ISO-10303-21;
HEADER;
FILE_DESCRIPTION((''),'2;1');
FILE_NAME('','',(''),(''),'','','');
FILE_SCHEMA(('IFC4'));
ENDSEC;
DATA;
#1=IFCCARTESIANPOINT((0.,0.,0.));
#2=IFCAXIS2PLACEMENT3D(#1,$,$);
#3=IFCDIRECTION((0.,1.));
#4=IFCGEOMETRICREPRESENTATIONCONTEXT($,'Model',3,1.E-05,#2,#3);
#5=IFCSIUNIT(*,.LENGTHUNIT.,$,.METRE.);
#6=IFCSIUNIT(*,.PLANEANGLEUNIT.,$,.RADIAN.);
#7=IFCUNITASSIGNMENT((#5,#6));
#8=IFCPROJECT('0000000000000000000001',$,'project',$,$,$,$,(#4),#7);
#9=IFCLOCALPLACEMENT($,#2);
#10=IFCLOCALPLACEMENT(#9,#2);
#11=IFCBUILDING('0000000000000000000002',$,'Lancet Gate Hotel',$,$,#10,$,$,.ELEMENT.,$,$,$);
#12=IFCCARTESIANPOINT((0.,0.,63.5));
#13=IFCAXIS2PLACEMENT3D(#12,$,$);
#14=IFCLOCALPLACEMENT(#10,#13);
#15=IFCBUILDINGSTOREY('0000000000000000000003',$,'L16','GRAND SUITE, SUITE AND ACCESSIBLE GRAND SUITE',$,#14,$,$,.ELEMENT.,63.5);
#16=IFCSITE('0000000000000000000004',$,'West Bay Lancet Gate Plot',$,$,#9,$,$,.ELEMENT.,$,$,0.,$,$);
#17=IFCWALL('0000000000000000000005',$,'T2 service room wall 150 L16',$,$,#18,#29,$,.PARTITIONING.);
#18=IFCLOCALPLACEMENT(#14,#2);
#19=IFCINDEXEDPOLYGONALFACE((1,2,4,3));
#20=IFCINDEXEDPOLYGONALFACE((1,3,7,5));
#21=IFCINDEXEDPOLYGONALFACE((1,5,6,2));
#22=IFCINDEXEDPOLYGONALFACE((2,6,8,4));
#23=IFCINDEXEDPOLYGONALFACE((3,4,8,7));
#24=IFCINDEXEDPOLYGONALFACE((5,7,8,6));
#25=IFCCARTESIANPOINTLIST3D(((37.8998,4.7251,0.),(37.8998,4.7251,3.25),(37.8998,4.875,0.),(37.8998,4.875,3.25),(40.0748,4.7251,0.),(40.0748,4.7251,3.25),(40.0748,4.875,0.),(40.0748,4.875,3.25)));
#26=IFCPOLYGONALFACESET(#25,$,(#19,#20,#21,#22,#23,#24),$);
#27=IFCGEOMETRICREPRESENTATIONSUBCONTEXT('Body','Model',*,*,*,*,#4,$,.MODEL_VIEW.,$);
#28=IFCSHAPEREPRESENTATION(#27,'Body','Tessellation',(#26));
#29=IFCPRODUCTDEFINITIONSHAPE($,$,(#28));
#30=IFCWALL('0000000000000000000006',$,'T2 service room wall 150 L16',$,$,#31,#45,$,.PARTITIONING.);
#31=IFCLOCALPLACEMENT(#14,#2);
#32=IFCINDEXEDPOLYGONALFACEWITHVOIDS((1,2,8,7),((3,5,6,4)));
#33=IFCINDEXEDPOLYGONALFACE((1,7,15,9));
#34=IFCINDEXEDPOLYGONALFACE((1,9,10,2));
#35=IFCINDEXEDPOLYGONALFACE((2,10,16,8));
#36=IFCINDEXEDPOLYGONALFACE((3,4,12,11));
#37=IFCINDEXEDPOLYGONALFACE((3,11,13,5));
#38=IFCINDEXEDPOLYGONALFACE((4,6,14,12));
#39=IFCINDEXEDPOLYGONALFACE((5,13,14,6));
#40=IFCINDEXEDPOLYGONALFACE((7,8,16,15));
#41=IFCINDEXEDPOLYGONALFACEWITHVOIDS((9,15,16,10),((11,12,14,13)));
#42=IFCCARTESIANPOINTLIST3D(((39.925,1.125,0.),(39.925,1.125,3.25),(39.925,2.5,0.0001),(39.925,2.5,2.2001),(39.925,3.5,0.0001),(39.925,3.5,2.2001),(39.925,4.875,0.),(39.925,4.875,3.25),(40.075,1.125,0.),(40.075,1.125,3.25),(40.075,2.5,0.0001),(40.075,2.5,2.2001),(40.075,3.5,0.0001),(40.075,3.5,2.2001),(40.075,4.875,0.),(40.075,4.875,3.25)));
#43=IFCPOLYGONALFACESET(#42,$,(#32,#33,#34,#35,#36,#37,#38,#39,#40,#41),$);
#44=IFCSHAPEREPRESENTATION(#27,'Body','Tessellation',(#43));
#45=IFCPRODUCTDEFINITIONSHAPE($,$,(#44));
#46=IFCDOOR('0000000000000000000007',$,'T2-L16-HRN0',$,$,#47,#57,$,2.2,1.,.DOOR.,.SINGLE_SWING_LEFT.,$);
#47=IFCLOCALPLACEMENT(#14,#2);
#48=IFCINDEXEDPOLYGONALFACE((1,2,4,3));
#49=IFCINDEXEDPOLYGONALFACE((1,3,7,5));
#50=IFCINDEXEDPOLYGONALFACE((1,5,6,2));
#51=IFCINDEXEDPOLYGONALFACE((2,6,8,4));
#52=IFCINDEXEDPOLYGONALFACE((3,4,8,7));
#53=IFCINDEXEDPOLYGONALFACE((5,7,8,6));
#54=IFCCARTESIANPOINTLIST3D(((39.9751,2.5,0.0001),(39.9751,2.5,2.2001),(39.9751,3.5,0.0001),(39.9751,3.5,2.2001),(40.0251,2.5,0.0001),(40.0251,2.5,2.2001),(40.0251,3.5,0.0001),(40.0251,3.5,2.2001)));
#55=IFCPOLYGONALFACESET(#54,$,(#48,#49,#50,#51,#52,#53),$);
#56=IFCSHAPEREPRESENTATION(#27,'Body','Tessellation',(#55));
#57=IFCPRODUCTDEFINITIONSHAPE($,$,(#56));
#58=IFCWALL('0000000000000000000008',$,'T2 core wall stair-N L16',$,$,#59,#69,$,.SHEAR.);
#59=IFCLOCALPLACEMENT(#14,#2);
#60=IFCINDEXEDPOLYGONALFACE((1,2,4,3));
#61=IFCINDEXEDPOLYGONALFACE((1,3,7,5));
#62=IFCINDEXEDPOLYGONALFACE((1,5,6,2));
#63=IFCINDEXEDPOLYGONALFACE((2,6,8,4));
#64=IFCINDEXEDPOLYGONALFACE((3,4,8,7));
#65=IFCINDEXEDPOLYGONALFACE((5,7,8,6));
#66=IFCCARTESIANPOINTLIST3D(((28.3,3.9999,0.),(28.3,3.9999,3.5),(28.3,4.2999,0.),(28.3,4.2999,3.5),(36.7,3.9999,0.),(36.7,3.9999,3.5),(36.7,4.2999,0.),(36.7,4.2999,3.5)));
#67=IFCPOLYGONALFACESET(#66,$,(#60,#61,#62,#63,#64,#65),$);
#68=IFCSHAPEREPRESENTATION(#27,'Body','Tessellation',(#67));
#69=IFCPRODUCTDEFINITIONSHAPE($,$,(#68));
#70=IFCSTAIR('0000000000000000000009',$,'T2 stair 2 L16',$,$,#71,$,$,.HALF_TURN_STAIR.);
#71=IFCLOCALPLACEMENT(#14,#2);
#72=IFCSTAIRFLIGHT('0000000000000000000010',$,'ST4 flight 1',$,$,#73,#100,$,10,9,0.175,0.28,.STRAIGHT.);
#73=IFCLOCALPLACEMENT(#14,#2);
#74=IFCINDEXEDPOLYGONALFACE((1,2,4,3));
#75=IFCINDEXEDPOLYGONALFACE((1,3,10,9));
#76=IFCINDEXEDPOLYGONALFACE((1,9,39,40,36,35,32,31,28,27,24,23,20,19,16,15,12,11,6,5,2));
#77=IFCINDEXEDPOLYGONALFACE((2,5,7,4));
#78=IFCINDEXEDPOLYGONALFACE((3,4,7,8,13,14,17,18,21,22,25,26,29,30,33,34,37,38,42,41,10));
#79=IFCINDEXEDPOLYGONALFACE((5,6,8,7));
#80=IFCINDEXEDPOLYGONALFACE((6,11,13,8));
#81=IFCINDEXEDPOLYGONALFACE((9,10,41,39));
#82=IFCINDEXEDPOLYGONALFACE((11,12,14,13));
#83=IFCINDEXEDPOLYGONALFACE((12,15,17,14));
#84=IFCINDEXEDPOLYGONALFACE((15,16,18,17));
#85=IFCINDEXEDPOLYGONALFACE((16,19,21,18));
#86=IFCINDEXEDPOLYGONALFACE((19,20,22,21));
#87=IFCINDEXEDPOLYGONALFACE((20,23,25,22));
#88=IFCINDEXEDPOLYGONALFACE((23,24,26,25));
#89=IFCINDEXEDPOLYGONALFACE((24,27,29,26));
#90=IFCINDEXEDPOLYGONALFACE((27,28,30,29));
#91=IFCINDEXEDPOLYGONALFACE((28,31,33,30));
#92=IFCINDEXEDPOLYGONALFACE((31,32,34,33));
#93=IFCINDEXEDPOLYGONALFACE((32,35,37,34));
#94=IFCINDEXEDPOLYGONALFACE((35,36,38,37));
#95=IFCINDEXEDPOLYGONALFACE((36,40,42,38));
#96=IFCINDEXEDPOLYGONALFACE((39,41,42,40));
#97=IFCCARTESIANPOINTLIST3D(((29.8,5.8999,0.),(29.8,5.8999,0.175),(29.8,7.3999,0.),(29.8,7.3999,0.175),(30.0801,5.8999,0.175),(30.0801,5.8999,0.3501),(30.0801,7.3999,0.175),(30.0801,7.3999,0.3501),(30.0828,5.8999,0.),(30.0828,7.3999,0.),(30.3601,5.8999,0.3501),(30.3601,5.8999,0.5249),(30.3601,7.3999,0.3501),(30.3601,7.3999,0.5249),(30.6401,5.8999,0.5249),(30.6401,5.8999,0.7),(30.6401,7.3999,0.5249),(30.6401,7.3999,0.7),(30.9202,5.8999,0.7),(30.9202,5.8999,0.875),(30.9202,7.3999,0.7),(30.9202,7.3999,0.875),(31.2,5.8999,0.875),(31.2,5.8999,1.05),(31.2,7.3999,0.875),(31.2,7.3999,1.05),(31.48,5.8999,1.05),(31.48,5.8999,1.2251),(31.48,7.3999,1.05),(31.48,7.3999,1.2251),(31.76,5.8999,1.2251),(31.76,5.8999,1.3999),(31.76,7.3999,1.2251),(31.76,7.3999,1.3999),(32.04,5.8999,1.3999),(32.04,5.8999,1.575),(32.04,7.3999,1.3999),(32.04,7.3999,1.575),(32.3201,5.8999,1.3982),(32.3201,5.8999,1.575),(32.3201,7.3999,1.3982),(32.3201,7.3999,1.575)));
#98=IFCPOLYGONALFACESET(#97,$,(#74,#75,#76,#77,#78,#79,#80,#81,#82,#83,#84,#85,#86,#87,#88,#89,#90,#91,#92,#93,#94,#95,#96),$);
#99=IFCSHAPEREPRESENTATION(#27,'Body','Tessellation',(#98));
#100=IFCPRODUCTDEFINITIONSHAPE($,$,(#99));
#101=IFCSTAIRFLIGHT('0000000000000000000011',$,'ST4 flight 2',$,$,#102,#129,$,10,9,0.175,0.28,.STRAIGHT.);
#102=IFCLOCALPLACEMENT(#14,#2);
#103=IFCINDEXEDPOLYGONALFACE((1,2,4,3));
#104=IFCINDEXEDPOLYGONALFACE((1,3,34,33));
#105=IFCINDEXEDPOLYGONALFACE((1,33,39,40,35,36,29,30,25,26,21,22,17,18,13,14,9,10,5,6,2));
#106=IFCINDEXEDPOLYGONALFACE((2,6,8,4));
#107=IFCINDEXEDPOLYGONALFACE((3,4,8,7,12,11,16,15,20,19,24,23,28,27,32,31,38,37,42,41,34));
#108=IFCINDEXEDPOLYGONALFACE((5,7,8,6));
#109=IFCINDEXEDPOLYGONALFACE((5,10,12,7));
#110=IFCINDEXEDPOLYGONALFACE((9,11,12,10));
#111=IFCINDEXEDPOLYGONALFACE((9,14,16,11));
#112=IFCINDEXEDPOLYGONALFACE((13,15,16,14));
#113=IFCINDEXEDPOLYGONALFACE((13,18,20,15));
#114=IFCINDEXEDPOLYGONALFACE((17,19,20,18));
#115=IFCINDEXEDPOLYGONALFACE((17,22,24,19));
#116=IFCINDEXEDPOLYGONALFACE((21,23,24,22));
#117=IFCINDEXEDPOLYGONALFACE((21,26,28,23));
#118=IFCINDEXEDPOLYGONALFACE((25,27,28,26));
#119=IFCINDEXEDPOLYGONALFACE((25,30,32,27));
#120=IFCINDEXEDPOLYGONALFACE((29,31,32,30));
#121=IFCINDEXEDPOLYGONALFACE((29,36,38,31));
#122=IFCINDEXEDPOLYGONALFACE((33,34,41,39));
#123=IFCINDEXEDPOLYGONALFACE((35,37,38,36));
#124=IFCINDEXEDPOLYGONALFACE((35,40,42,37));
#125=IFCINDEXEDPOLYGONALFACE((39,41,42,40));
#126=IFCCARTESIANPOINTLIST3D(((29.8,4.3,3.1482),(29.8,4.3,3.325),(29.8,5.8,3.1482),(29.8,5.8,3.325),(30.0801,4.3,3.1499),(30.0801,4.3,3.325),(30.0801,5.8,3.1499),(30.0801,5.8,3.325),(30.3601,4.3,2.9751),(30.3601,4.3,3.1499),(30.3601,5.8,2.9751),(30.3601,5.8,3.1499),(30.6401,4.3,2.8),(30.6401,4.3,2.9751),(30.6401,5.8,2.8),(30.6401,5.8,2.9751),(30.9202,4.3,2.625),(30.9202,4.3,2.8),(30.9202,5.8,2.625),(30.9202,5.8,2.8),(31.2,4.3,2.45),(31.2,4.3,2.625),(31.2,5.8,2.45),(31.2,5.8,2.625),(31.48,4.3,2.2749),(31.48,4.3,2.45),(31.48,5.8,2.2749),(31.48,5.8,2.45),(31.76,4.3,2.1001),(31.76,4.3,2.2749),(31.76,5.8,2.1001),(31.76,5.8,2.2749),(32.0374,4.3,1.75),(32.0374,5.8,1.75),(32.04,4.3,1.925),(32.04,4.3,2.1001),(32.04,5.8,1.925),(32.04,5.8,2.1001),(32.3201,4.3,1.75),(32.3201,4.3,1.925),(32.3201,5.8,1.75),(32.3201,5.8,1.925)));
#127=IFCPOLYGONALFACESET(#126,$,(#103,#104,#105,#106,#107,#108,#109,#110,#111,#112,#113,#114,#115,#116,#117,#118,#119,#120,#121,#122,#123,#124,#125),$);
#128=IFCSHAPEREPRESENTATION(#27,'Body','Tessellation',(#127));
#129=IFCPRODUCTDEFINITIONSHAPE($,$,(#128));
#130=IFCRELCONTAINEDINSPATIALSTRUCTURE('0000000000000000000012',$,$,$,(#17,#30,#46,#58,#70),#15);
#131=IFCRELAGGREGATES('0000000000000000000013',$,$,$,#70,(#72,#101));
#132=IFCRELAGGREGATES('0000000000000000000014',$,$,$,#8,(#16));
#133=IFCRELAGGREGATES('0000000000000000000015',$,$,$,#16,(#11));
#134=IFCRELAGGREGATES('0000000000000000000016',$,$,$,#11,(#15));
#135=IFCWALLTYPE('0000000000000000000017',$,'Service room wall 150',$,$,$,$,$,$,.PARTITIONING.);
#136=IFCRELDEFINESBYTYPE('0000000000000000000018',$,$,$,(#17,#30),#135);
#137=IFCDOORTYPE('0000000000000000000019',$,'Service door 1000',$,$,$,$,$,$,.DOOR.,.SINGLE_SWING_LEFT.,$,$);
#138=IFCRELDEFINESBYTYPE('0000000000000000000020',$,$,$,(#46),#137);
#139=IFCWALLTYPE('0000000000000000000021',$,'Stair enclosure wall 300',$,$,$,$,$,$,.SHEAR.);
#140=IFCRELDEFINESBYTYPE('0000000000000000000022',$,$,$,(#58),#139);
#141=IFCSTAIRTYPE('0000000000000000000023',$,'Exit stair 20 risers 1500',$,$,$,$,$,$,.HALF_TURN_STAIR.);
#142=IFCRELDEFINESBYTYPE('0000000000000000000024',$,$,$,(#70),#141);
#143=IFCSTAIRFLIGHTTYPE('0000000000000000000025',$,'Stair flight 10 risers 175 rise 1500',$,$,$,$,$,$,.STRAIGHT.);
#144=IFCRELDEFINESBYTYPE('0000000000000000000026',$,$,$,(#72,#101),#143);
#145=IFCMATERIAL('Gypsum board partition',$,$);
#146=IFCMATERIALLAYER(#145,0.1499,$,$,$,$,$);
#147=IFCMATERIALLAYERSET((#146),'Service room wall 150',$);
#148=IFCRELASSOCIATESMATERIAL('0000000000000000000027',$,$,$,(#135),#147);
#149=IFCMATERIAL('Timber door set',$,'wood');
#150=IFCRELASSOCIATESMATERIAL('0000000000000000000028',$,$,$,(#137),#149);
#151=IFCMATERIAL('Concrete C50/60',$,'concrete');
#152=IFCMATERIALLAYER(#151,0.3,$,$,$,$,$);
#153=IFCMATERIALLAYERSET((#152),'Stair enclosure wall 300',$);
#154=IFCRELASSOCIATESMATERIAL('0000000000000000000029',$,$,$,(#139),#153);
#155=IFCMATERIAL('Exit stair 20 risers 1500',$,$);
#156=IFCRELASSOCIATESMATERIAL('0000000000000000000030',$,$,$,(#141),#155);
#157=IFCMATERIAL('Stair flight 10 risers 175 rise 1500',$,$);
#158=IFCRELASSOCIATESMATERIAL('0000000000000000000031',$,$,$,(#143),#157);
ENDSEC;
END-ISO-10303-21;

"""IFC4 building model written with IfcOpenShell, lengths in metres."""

from ifc_helpers import new_model, si_unit, direction, frame, frame_2d, origin, place, context, subcontext, project, spatial, polyline, rectangle, outline, extrude, material, layer, layer_set, type_object, element, fill, aggregate, save


model = new_model("IFC4")

# Units and contexts
model_context = context("Model", 3, precision=1e-05, world=origin(), true_north=direction((0.0, 1.0)))
body_context = subcontext(model_context, "Body", "Model", "MODEL_VIEW")
ifc_project = project(units=[si_unit("LENGTHUNIT", "METRE"), si_unit("PLANEANGLEUNIT", "RADIAN")], contexts=[model_context])

# Site, building, storey
site_placement = place(None, origin())
site = spatial("IfcSite", under=ifc_project, at=site_placement, Name="West Bay Lancet Gate Plot", CompositionType="ELEMENT", RefElevation=0.0)
building_placement = place(site_placement, origin())
building = spatial("IfcBuilding", under=site, at=building_placement, Name="Lancet Gate Hotel", CompositionType="ELEMENT")
storey_placement = place(building_placement, frame((0.0, 0.0, 63.5)))
storey = spatial("IfcBuildingStorey", under=building, at=storey_placement, Name="L16", Description="GRAND SUITE, SUITE AND ACCESSIBLE GRAND SUITE", CompositionType="ELEMENT", Elevation=63.5)

# Wall
ifc_material_1 = material(Name="Gypsum board partition")
ifc_layer_1 = layer(ifc_material_1, 0.1499)
ifc_layer_set_1 = layer_set([ifc_layer_1], Name="Service room wall 150")
wall_type_1 = type_object("IfcWallType", Name="Service room wall 150", PredefinedType="PARTITIONING", material=ifc_layer_set_1)
for number, where, z_axis, x_axis, name in (
    (1, (37.8999, 4.8, 0.0), (0.0, 0.0, 1.0), (1.0, 0.0, 0.0), "T2 service room wall 150 L16"),
):
    element("IfcWall", number, at=place(storey_placement, frame(where, z_axis=z_axis, x_axis=x_axis)), inside=storey, type_object=wall_type_1, Name=name, PredefinedType="PARTITIONING", context=body_context, shape_type="SweptSolid", body=[
        extrude(rectangle(XDim=2.175, YDim=0.1499, at=frame_2d((1.0874, 0.0))), origin(), (0.0, 0.0, 1.0), 3.25),
    ])

# Wall, opening, door
wall_1_placement = place(storey_placement, frame((40.0, 1.125, 0.0), z_axis=(0.0, 0.0, 1.0), x_axis=(0.0, 1.0, 0.0)))
wall_1 = element("IfcWall", 2, at=wall_1_placement, inside=storey, type_object=wall_type_1, Name="T2 service room wall 150 L16", PredefinedType="PARTITIONING", context=body_context, shape_type="SweptSolid", body=[
    extrude(rectangle(XDim=3.75, YDim=0.1499, at=frame_2d((1.875, 0.0))), origin(), (0.0, 0.0, 1.0), 3.25),
])
opening_1_placement = place(wall_1_placement, frame((1.375, 0.0, 0.0)))
opening_1 = element("IfcOpeningElement", 3, at=opening_1_placement, cuts=wall_1, PredefinedType="OPENING", context=body_context, shape_type="SweptSolid", body=[
    extrude(rectangle(XDim=1.0, YDim=2.2, at=frame_2d((0.5, 1.1001))), frame((0.0, 0.085, 0.0), z_axis=(0.0, -1.0, 0.0), x_axis=(1.0, 0.0, 0.0)), (0.0, 0.0, 1.0), 0.1699),
])
ifc_material_2 = material(Name="Timber door set", Category="wood")
door_type_1 = type_object("IfcDoorType", Name="Service door 1000", OperationType="SINGLE_SWING_LEFT", PredefinedType="DOOR", material=ifc_material_2)
door_1_placement = place(opening_1_placement, origin())
door_1 = element("IfcDoor", 4, at=door_1_placement, inside=storey, type_object=door_type_1, Name="T2-L16-HRN0", OperationType="SINGLE_SWING_LEFT", OverallHeight=2.2, OverallWidth=1.0, PredefinedType="DOOR", context=body_context, shape_type="SweptSolid", body=[
    extrude(rectangle(XDim=1.0, YDim=2.2, at=frame_2d((0.5, 1.1001))), frame((0.0, 0.0249, 0.0), z_axis=(0.0, -1.0, 0.0), x_axis=(1.0, 0.0, 0.0)), (0.0, 0.0, 1.0), 0.05),
])
fill(opening_1, door_1)

# Wall
ifc_material_3 = material(Name="Concrete C50/60", Category="concrete")
ifc_layer_2 = layer(ifc_material_3, 0.3)
ifc_layer_set_2 = layer_set([ifc_layer_2], Name="Stair enclosure wall 300")
wall_type_2 = type_object("IfcWallType", Name="Stair enclosure wall 300", PredefinedType="SHEAR", material=ifc_layer_set_2)
wall_2_placement = place(storey_placement, frame((28.3, 4.1499, 0.0), z_axis=(0.0, 0.0, 1.0), x_axis=(1.0, 0.0, 0.0)))
element("IfcWall", 5, at=wall_2_placement, inside=storey, type_object=wall_type_2, Name="T2 core wall stair-N L16", PredefinedType="SHEAR", context=body_context, shape_type="SweptSolid", body=[
    extrude(rectangle(XDim=8.3999, YDim=0.3, at=frame_2d((4.2, 0.0))), origin(), (0.0, 0.0, 1.0), 3.5),
])

# Stair, stair flights
ifc_material_4 = material(Name="Exit stair 20 risers 1500")
stair_type = type_object("IfcStairType", Name="Exit stair 20 risers 1500", PredefinedType="HALF_TURN_STAIR", material=ifc_material_4)
stair_placement = place(storey_placement, origin())
stair = element("IfcStair", 6, at=stair_placement, inside=storey, type_object=stair_type, Name="T2 stair 2 L16", PredefinedType="HALF_TURN_STAIR")
ifc_material_5 = material(Name="Stair flight 10 risers 175 rise 1500")
stair_flight_type = type_object("IfcStairFlightType", Name="Stair flight 10 risers 175 rise 1500", PredefinedType="STRAIGHT", material=ifc_material_5)
stair_flight_1_placement = place(storey_placement, frame((29.8, 6.6499, 0.0), z_axis=(0.0, 0.0, 1.0), x_axis=(1.0, 0.0, 0.0)))
stair_flight_1 = element("IfcStairFlight", 7, at=stair_flight_1_placement, type_object=stair_flight_type, Name="ST4 flight 1", NumberOfRisers=10, NumberOfTreads=9, PredefinedType="STRAIGHT", RiserHeight=0.175, TreadLength=0.28, context=body_context, shape_type="SweptSolid", body=[
    extrude(outline(polyline([(0.0, 0.0), (0.0, 0.175), (0.28, 0.175), (0.28, 0.3501), (0.5601, 0.3501), (0.5601, 0.5249), (0.8401, 0.5249), (0.8401, 0.7), (1.1201, 0.7), (1.1201, 0.875), (1.3999, 0.875), (1.3999, 1.05), (1.6799, 1.05), (1.6799, 1.2251), (1.96, 1.2251), (1.96, 1.3999), (2.24, 1.3999), (2.24, 1.575), (2.52, 1.575), (2.52, 1.75), (2.52, 1.3982), (0.2827, 0.0), (0.0, 0.0)])), frame((0.0, 0.75, 0.0), z_axis=(0.0, -1.0, 0.0), x_axis=(1.0, 0.0, 0.0)), (0.0, 0.0, 1.0), 1.5),
])
stair_flight_2_placement = place(storey_placement, frame((32.3201, 5.05, 1.75), z_axis=(0.0, 0.0, 1.0), x_axis=(-1.0, 0.0, 0.0)))
stair_flight_2 = element("IfcStairFlight", 8, at=stair_flight_2_placement, type_object=stair_flight_type, Name="ST4 flight 2", NumberOfRisers=10, NumberOfTreads=9, PredefinedType="STRAIGHT", RiserHeight=0.175, TreadLength=0.28, context=body_context, shape_type="SweptSolid", body=[
    extrude(outline(polyline([(0.0, 0.0), (0.0, 0.175), (0.28, 0.175), (0.28, 0.3501), (0.5601, 0.3501), (0.5601, 0.5249), (0.8401, 0.5249), (0.8401, 0.7), (1.1201, 0.7), (1.1201, 0.875), (1.3999, 0.875), (1.3999, 1.05), (1.6799, 1.05), (1.6799, 1.2251), (1.96, 1.2251), (1.96, 1.3999), (2.24, 1.3999), (2.24, 1.575), (2.52, 1.575), (2.52, 1.75), (2.52, 1.3982), (0.2827, 0.0), (0.0, 0.0)])), frame((0.0, 0.75, 0.0), z_axis=(0.0, -1.0, 0.0), x_axis=(1.0, 0.0, 0.0)), (0.0, 0.0, 1.0), 1.5),
])
aggregate(stair, [stair_flight_1, stair_flight_2])

save(model, "model.ifc")
